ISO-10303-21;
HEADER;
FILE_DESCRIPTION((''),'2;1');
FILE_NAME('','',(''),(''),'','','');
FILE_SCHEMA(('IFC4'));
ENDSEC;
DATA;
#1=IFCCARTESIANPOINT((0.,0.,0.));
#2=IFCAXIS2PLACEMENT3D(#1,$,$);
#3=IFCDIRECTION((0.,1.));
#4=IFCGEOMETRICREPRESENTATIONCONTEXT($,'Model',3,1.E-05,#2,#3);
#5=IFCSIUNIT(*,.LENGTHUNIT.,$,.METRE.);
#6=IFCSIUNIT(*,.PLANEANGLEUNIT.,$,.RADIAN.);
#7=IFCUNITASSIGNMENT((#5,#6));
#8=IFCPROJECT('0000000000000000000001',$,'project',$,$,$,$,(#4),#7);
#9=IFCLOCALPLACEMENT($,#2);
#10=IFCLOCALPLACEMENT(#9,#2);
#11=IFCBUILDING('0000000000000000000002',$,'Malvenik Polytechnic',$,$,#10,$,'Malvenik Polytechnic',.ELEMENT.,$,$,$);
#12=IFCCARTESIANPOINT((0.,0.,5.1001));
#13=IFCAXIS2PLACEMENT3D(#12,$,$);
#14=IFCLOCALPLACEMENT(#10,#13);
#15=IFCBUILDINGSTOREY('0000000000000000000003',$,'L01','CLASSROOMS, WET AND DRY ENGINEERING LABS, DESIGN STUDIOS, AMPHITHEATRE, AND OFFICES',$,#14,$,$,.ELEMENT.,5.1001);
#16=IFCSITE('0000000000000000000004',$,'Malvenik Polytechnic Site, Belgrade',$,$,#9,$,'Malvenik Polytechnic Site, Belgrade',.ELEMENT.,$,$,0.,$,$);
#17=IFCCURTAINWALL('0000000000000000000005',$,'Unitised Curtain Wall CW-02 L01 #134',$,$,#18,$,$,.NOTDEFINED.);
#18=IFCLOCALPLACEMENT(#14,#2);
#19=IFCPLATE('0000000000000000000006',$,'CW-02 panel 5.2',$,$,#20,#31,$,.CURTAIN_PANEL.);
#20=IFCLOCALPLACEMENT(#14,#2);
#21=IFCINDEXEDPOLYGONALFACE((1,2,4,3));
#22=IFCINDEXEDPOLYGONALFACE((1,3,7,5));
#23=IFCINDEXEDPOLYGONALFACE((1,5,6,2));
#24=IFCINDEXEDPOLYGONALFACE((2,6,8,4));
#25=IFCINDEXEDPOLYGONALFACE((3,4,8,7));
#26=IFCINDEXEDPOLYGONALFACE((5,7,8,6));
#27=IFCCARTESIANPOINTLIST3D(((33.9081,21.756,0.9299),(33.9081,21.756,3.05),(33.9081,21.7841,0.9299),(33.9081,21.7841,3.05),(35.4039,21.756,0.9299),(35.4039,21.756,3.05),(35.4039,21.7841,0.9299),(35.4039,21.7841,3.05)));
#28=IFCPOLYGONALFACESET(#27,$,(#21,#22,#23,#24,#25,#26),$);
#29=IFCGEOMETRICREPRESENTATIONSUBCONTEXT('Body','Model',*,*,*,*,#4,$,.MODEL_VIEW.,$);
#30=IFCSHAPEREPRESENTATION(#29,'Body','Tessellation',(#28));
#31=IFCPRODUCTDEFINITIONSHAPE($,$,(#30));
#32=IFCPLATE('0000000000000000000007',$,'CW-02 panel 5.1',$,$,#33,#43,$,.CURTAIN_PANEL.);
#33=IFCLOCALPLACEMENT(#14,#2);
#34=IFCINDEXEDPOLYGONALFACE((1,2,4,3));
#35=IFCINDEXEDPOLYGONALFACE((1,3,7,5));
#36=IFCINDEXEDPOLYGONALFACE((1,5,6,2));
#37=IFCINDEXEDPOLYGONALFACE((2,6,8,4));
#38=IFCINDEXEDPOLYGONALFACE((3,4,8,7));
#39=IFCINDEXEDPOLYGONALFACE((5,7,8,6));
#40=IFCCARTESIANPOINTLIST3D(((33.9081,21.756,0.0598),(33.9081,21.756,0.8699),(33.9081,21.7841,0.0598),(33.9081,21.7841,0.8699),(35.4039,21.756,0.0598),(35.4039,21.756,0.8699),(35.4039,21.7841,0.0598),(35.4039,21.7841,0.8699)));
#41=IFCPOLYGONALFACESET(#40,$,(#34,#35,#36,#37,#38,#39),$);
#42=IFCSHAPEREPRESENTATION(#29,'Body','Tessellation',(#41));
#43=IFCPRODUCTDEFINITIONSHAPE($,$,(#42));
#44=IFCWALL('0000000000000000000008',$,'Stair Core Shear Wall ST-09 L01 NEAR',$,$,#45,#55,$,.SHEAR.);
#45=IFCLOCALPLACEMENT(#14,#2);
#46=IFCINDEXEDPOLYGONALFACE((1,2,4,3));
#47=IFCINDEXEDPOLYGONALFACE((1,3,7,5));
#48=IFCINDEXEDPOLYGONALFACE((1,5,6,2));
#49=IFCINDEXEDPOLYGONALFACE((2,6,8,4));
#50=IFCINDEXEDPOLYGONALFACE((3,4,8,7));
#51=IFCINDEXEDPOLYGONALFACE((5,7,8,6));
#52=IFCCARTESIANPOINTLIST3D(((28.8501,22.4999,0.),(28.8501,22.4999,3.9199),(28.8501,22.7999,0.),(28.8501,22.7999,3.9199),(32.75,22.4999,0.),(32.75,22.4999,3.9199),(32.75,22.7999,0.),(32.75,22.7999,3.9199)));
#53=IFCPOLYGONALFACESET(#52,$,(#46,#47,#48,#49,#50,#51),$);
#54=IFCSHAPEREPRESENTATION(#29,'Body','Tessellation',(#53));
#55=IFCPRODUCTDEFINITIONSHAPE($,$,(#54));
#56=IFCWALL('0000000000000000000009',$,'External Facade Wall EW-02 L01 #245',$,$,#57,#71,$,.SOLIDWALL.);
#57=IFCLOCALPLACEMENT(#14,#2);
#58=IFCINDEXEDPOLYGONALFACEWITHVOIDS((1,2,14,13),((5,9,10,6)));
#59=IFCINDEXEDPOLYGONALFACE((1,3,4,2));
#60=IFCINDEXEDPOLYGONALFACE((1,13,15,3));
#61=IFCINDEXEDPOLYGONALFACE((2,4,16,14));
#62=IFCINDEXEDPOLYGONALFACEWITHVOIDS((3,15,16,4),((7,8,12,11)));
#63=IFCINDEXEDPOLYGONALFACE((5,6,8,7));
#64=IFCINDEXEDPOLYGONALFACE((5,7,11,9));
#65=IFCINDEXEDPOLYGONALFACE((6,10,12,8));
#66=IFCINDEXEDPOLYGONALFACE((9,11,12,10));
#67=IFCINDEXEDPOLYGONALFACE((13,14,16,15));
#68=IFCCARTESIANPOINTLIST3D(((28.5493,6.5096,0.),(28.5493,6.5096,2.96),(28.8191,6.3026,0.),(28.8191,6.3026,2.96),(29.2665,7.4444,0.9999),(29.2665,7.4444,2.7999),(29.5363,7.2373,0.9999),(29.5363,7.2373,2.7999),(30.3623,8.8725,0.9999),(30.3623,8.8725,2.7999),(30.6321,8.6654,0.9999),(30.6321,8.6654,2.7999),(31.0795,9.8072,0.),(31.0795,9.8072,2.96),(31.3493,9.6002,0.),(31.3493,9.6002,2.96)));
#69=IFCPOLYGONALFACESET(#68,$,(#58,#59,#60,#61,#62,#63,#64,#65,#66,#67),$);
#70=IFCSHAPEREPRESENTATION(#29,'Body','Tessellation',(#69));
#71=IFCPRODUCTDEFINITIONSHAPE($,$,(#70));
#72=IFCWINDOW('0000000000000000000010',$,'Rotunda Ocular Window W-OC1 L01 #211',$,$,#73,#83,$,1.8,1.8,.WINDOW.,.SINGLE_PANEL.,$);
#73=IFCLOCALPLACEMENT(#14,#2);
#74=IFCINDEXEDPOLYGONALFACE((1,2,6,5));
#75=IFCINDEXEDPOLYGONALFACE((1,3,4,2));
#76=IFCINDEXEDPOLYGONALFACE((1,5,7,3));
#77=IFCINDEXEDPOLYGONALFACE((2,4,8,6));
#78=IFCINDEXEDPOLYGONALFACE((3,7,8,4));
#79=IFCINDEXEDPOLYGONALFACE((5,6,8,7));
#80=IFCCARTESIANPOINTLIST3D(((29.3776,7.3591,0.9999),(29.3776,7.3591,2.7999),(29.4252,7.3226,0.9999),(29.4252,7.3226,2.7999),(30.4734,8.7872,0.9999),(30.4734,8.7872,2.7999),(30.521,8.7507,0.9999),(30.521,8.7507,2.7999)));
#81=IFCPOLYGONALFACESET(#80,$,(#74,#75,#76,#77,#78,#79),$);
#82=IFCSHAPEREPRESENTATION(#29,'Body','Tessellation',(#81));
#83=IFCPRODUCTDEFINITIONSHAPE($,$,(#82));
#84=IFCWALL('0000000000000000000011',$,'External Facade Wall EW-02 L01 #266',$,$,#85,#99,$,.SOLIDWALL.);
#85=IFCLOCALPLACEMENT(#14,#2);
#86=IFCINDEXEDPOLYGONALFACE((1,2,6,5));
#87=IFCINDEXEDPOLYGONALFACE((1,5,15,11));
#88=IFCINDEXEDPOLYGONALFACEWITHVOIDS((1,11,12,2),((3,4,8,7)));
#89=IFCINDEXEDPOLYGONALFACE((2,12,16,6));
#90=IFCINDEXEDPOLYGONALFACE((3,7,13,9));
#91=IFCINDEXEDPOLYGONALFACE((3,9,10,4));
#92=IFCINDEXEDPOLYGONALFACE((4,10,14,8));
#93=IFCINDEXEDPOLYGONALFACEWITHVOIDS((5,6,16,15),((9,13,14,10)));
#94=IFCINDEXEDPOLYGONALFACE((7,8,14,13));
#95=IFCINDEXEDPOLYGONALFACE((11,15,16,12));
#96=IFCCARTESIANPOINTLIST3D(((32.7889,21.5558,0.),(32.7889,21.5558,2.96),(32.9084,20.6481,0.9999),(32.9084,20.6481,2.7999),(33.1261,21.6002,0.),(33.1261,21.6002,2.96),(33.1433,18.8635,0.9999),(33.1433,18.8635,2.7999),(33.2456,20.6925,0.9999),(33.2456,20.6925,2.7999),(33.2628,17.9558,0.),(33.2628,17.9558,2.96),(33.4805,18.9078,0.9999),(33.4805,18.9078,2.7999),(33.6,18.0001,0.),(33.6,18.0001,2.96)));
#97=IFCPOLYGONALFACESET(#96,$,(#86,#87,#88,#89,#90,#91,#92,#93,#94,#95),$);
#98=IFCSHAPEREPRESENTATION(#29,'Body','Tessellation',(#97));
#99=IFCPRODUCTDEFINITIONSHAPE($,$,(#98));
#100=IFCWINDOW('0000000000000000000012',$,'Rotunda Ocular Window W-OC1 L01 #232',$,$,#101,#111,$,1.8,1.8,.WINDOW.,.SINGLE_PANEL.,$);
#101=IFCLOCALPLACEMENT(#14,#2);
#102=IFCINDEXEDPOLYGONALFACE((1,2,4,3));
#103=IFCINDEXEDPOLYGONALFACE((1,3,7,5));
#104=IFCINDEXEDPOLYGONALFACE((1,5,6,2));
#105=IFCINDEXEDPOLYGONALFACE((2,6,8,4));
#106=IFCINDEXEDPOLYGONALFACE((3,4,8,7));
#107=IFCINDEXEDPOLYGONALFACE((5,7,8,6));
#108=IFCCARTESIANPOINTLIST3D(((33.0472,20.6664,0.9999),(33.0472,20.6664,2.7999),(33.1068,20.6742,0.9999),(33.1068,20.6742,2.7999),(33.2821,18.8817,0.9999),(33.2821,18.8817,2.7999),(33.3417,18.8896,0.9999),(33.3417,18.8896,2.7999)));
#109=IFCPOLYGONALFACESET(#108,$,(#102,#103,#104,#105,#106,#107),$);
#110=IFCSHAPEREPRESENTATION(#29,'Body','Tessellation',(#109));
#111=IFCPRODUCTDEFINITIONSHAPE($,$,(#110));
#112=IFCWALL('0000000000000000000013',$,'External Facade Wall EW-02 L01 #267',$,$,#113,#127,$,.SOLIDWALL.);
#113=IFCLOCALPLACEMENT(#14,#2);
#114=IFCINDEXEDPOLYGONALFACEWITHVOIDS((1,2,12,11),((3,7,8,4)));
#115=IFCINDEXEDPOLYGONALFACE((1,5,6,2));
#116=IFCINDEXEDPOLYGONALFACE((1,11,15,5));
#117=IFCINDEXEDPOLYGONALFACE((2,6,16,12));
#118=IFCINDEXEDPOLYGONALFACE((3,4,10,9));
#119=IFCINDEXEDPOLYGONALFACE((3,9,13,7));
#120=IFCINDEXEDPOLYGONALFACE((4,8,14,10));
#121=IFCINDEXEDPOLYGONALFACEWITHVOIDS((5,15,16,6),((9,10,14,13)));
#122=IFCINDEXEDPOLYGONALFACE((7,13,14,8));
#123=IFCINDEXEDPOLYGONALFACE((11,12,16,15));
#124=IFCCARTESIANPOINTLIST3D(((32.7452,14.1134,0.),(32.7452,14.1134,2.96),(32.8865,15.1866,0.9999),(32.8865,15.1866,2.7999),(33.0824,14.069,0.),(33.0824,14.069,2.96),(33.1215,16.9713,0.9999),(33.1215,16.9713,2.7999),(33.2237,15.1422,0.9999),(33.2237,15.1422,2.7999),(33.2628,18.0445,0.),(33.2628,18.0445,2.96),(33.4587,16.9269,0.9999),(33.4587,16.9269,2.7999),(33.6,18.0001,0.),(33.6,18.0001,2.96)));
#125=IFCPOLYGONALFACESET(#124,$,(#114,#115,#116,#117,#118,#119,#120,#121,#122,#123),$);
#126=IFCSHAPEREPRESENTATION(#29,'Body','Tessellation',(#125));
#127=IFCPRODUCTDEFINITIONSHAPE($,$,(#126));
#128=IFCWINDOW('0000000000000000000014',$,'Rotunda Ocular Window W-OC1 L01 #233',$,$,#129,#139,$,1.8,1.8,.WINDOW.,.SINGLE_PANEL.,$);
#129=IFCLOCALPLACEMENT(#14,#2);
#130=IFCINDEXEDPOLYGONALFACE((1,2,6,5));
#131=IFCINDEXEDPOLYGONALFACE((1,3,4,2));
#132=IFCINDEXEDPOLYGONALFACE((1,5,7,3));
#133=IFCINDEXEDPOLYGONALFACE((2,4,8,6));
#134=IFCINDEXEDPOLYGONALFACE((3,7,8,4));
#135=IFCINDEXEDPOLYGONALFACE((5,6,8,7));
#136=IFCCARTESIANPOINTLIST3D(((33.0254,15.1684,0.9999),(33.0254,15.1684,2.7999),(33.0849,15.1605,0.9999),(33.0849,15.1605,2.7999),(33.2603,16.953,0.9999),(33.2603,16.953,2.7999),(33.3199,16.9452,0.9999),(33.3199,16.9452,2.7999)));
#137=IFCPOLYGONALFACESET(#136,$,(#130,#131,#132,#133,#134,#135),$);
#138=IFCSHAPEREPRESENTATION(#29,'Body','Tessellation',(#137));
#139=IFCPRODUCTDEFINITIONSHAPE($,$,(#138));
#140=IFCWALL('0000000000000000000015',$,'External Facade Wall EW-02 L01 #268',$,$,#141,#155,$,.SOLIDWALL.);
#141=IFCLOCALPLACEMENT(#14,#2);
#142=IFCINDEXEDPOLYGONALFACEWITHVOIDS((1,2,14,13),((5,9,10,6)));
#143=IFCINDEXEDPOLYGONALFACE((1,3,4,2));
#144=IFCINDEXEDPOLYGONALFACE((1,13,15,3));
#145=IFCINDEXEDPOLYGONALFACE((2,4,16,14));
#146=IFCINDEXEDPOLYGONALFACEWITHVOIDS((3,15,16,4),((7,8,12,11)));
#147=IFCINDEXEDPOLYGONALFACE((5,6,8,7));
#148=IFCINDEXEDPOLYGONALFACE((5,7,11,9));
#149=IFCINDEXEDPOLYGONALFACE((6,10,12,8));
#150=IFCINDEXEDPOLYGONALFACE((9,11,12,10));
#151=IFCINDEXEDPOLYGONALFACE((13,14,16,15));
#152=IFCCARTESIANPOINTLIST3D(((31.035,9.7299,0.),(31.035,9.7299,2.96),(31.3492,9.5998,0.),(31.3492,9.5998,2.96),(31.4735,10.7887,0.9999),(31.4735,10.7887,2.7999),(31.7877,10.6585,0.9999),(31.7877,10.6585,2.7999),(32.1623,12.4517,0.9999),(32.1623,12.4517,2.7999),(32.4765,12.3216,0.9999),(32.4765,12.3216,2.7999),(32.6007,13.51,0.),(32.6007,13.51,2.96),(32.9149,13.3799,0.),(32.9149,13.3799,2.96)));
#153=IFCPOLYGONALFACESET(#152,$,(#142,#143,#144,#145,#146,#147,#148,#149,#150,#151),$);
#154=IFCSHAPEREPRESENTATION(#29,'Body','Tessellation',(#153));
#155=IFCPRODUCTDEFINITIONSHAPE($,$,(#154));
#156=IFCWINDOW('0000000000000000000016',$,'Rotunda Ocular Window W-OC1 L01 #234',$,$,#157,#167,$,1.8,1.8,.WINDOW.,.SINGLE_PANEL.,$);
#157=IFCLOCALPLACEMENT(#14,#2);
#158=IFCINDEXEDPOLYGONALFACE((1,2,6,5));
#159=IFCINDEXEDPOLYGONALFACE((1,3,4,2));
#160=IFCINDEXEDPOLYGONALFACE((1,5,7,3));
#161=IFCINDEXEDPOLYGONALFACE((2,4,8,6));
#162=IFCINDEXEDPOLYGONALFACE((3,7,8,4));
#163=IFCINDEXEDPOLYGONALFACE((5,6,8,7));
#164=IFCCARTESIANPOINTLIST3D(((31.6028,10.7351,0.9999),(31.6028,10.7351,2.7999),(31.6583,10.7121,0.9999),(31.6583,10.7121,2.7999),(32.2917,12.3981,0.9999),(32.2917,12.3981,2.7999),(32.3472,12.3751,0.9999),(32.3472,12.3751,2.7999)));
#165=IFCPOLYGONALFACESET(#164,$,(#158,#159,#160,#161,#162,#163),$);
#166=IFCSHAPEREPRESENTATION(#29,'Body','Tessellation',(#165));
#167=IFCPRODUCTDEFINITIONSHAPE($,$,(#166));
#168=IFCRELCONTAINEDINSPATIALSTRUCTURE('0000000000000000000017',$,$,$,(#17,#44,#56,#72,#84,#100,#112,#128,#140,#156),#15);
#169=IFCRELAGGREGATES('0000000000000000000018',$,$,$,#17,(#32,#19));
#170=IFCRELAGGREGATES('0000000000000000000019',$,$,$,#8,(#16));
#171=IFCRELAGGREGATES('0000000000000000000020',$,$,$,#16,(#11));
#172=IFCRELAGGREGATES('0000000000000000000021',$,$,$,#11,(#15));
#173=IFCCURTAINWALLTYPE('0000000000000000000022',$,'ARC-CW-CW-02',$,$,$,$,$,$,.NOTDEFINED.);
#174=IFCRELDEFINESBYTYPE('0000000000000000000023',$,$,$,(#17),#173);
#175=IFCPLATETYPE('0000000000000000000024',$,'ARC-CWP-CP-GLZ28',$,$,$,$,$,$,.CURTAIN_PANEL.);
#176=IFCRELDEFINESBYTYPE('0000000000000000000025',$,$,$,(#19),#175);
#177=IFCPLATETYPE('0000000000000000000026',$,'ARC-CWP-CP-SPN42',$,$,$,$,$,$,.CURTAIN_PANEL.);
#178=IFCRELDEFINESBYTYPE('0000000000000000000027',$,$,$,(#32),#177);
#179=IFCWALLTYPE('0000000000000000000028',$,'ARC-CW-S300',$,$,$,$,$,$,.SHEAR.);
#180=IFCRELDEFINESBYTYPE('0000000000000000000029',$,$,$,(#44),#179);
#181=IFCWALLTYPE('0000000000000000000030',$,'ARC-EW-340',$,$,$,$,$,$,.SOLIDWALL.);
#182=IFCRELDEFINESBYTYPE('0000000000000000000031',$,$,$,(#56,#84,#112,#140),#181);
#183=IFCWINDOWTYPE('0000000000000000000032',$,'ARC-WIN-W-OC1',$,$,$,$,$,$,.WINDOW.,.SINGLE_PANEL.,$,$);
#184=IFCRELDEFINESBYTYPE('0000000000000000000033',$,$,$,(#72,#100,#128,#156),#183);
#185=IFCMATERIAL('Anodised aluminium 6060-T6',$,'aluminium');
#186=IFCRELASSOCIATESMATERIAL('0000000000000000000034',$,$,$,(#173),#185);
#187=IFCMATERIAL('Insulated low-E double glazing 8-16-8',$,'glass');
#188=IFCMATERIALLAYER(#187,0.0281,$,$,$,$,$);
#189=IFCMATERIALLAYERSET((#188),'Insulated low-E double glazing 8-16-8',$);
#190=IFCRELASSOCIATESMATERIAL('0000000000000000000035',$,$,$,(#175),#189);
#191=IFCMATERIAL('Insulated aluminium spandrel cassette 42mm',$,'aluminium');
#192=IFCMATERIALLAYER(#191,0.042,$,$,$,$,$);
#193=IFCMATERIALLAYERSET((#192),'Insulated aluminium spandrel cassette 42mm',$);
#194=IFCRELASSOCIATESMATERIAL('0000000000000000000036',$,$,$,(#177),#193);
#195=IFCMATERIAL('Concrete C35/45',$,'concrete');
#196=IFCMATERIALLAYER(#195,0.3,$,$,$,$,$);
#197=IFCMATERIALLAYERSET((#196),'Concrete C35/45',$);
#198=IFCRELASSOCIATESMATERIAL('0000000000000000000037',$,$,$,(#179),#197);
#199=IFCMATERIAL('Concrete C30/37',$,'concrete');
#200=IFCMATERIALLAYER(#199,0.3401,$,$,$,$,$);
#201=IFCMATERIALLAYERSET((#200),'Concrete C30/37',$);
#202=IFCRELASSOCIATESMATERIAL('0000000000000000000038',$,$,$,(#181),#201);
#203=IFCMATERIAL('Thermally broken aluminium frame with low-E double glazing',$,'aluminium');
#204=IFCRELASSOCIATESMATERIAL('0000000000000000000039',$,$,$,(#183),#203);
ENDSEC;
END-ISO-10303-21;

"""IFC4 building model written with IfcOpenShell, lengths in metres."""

from ifc_helpers import new_model, si_unit, direction, frame, frame_2d, origin, origin_2d, place, context, subcontext, project, spatial, rectangle, extrude, material, layer, layer_set, type_object, element, fill, aggregate, save


model = new_model("IFC4")

# Units and contexts
model_context = context("Model", 3, precision=1e-05, world=origin(), true_north=direction((0.0, 1.0)))
body_context = subcontext(model_context, "Body", "Model", "MODEL_VIEW")
ifc_project = project(units=[si_unit("LENGTHUNIT", "METRE"), si_unit("PLANEANGLEUNIT", "RADIAN")], contexts=[model_context])

# Site, building, storey
site_placement = place(None, origin())
site = spatial("IfcSite", under=ifc_project, at=site_placement, Name="Malvenik Polytechnic Site, Belgrade", LongName="Malvenik Polytechnic Site, Belgrade", CompositionType="ELEMENT", RefElevation=0.0)
building_placement = place(site_placement, origin())
building = spatial("IfcBuilding", under=site, at=building_placement, Name="Malvenik Polytechnic", LongName="Malvenik Polytechnic", CompositionType="ELEMENT")
storey_placement = place(building_placement, frame((0.0, 0.0, 5.1001)))
storey = spatial("IfcBuildingStorey", under=building, at=storey_placement, Name="L01", Description="CLASSROOMS, WET AND DRY ENGINEERING LABS, DESIGN STUDIOS, AMPHITHEATRE, AND OFFICES", CompositionType="ELEMENT", Elevation=5.1001)

# Shared definitions
ifc_material_1 = material(Name="Concrete C35/45", Category="concrete")

# Curtain wall
ifc_material_2 = material(Name="Anodised aluminium 6060-T6", Category="aluminium")
curtain_wall_type = type_object("IfcCurtainWallType", Name="ARC-CW-CW-02", PredefinedType="NOTDEFINED", material=ifc_material_2)
curtain_wall_placement = place(storey_placement, origin())
curtain_wall = element("IfcCurtainWall", 1, at=curtain_wall_placement, inside=storey, type_object=curtain_wall_type, Name="Unitised Curtain Wall CW-02 L01 #134", PredefinedType="NOTDEFINED")

# Plates
ifc_material_3 = material(Name="Insulated low-E double glazing 8-16-8", Category="glass")
ifc_layer_1 = layer(ifc_material_3, 0.0281)
ifc_layer_set_1 = layer_set([ifc_layer_1], Name="Insulated low-E double glazing 8-16-8")
plate_type_1 = type_object("IfcPlateType", Name="ARC-CWP-CP-GLZ28", PredefinedType="CURTAIN_PANEL", material=ifc_layer_set_1)
plate_1_placement = place(storey_placement, frame((34.656, 21.77, 0.9299), z_axis=(0.0, 0.0, 1.0), x_axis=(-1.0, 0.0, 0.0)))
plate_1 = element("IfcPlate", 2, at=plate_1_placement, type_object=plate_type_1, Name="CW-02 panel 5.2", PredefinedType="CURTAIN_PANEL", context=body_context, shape_type="SweptSolid", body=[
    extrude(rectangle(XDim=1.4958, YDim=0.0281, at=origin_2d()), origin(), (0.0, 0.0, 1.0), 2.1201),
])
ifc_material_4 = material(Name="Insulated aluminium spandrel cassette 42mm", Category="aluminium")
ifc_layer_2 = layer(ifc_material_4, 0.042)
ifc_layer_set_2 = layer_set([ifc_layer_2], Name="Insulated aluminium spandrel cassette 42mm")
plate_type_2 = type_object("IfcPlateType", Name="ARC-CWP-CP-SPN42", PredefinedType="CURTAIN_PANEL", material=ifc_layer_set_2)
plate_2_placement = place(storey_placement, frame((34.656, 21.77, 0.0598), z_axis=(0.0, 0.0, 1.0), x_axis=(-1.0, 0.0, 0.0)))
plate_2 = element("IfcPlate", 3, at=plate_2_placement, type_object=plate_type_2, Name="CW-02 panel 5.1", PredefinedType="CURTAIN_PANEL", context=body_context, shape_type="SweptSolid", body=[
    extrude(rectangle(XDim=1.4958, YDim=0.0281, at=origin_2d()), origin(), (0.0, 0.0, 1.0), 0.8101),
])
aggregate(curtain_wall, [plate_2, plate_1])

# Wall
ifc_layer_3 = layer(ifc_material_1, 0.3)
ifc_layer_set_3 = layer_set([ifc_layer_3], Name="Concrete C35/45")
wall_type_1 = type_object("IfcWallType", Name="ARC-CW-S300", PredefinedType="SHEAR", material=ifc_layer_set_3)
wall_1_placement = place(storey_placement, frame((32.75, 22.6499, 0.0), z_axis=(0.0, 0.0, 1.0), x_axis=(-1.0, 0.0, 0.0)))
element("IfcWall", 4, at=wall_1_placement, inside=storey, type_object=wall_type_1, Name="Stair Core Shear Wall ST-09 L01 NEAR", PredefinedType="SHEAR", context=body_context, shape_type="SweptSolid", body=[
    extrude(rectangle(XDim=3.8999, YDim=0.3, at=frame_2d((1.95, 0.0))), origin(), (0.0, 0.0, 1.0), 3.9199),
])

# Walls, openings, windows
ifc_material_5 = material(Name="Concrete C30/37", Category="concrete")
ifc_layer_4 = layer(ifc_material_5, 0.3401)
ifc_layer_set_4 = layer_set([ifc_layer_4], Name="Concrete C30/37")
wall_type_2 = type_object("IfcWallType", Name="ARC-EW-340", PredefinedType="SOLIDWALL", material=ifc_layer_set_4)
wall_2_placement = place(storey_placement, frame((31.2144, 9.7036, 0.0), z_axis=(0.0, 0.0, 1.0), x_axis=(-0.608751, -0.793361, 0.0)))
wall_2 = element("IfcWall", 5, at=wall_2_placement, inside=storey, type_object=wall_type_2, Name="External Facade Wall EW-02 L01 #245", PredefinedType="SOLIDWALL", context=body_context, shape_type="SweptSolid", body=[
    extrude(rectangle(XDim=4.1565, YDim=0.3401, at=frame_2d((2.0781, 0.0))), origin(), (0.0, 0.0, 1.0), 2.96),
])
opening_1_placement = place(wall_2_placement, frame((1.1782, 0.0, 1.0)))
opening_1 = element("IfcOpeningElement", 6, at=opening_1_placement, cuts=wall_2, PredefinedType="OPENING", context=body_context, shape_type="SweptSolid", body=[
    extrude(rectangle(XDim=1.8, YDim=1.8, at=frame_2d((0.8999, 0.8999))), frame((0.0, 0.1802, 0.0), z_axis=(0.0, -1.0, 0.0), x_axis=(1.0, 0.0, 0.0)), (0.0, 0.0, 1.0), 0.3601),
])
ifc_material_6 = material(Name="Thermally broken aluminium frame with low-E double glazing", Category="aluminium")
window_type = type_object("IfcWindowType", Name="ARC-WIN-W-OC1", PartitioningType="SINGLE_PANEL", PredefinedType="WINDOW", material=ifc_material_6)
window_1_placement = place(opening_1_placement, origin())
window_1 = element("IfcWindow", 7, at=window_1_placement, inside=storey, type_object=window_type, Name="Rotunda Ocular Window W-OC1 L01 #211", OverallHeight=1.8, OverallWidth=1.8, PartitioningType="SINGLE_PANEL", PredefinedType="WINDOW", context=body_context, shape_type="SweptSolid", body=[
    extrude(rectangle(XDim=1.8, YDim=1.8, at=frame_2d((0.8999, 0.8999))), frame((0.0, 0.03, 0.0), z_axis=(0.0, -1.0, 0.0), x_axis=(1.0, 0.0, 0.0)), (0.0, 0.0, 1.0), 0.0601),
])
fill(opening_1, window_1)
wall_3_placement = place(storey_placement, frame((32.9575, 21.5779, 0.0), z_axis=(0.0, 0.0, 1.0), x_axis=(0.130503, -0.991448, 0.0)))
wall_3 = element("IfcWall", 8, at=wall_3_placement, inside=storey, type_object=wall_type_2, Name="External Facade Wall EW-02 L01 #266", PredefinedType="SOLIDWALL", context=body_context, shape_type="SweptSolid", body=[
    extrude(rectangle(XDim=3.6311, YDim=0.3401, at=frame_2d((1.8154, 0.0))), origin(), (0.0, 0.0, 1.0), 2.96),
])
opening_2_placement = place(wall_3_placement, frame((0.9155, 0.0, 1.0)))
opening_2 = element("IfcOpeningElement", 9, at=opening_2_placement, cuts=wall_3, PredefinedType="OPENING", context=body_context, shape_type="SweptSolid", body=[
    extrude(rectangle(XDim=1.8, YDim=1.8, at=frame_2d((0.8999, 0.8999))), frame((0.0, 0.1802, 0.0), z_axis=(0.0, -1.0, 0.0), x_axis=(1.0, 0.0, 0.0)), (0.0, 0.0, 1.0), 0.3601),
])
window_2_placement = place(opening_2_placement, origin())
window_2 = element("IfcWindow", 10, at=window_2_placement, inside=storey, type_object=window_type, Name="Rotunda Ocular Window W-OC1 L01 #232", OverallHeight=1.8, OverallWidth=1.8, PartitioningType="SINGLE_PANEL", PredefinedType="WINDOW", context=body_context, shape_type="SweptSolid", body=[
    extrude(rectangle(XDim=1.8, YDim=1.8, at=frame_2d((0.8999, 0.8999))), frame((0.0, 0.03, 0.0), z_axis=(0.0, -1.0, 0.0), x_axis=(1.0, 0.0, 0.0)), (0.0, 0.0, 1.0), 0.0601),
])
fill(opening_2, window_2)
wall_4_placement = place(storey_placement, frame((33.4314, 18.0222, 0.0), z_axis=(0.0, 0.0, 1.0), x_axis=(-0.130534, -0.991444, 0.0)))
wall_4 = element("IfcWall", 11, at=wall_4_placement, inside=storey, type_object=wall_type_2, Name="External Facade Wall EW-02 L01 #267", PredefinedType="SOLIDWALL", context=body_context, shape_type="SweptSolid", body=[
    extrude(rectangle(XDim=3.9651, YDim=0.3401, at=frame_2d((1.9824, 0.0))), origin(), (0.0, 0.0, 1.0), 2.96),
])
opening_3_placement = place(wall_4_placement, frame((1.0825, 0.0, 1.0)))
opening_3 = element("IfcOpeningElement", 12, at=opening_3_placement, cuts=wall_4, PredefinedType="OPENING", context=body_context, shape_type="SweptSolid", body=[
    extrude(rectangle(XDim=1.8, YDim=1.8, at=frame_2d((0.8999, 0.8999))), frame((0.0, 0.1802, 0.0), z_axis=(0.0, -1.0, 0.0), x_axis=(1.0, 0.0, 0.0)), (0.0, 0.0, 1.0), 0.3601),
])
window_3_placement = place(opening_3_placement, origin())
window_3 = element("IfcWindow", 13, at=window_3_placement, inside=storey, type_object=window_type, Name="Rotunda Ocular Window W-OC1 L01 #233", OverallHeight=1.8, OverallWidth=1.8, PartitioningType="SINGLE_PANEL", PredefinedType="WINDOW", context=body_context, shape_type="SweptSolid", body=[
    extrude(rectangle(XDim=1.8, YDim=1.8, at=frame_2d((0.8999, 0.8999))), frame((0.0, 0.03, 0.0), z_axis=(0.0, -1.0, 0.0), x_axis=(1.0, 0.0, 0.0)), (0.0, 0.0, 1.0), 0.0601),
])
fill(opening_3, window_3)
wall_5_placement = place(storey_placement, frame((32.7578, 13.4451, 0.0), z_axis=(0.0, 0.0, 1.0), x_axis=(-0.38267, -0.923885, 0.0)))
wall_5 = element("IfcWall", 14, at=wall_5_placement, inside=storey, type_object=wall_type_2, Name="External Facade Wall EW-02 L01 #268", PredefinedType="SOLIDWALL", context=body_context, shape_type="SweptSolid", body=[
    extrude(rectangle(XDim=4.0916, YDim=0.3401, at=frame_2d((2.0459, 0.0))), origin(), (0.0, 0.0, 1.0), 2.96),
])
opening_4_placement = place(wall_5_placement, frame((1.1458, 0.0, 1.0)))
opening_4 = element("IfcOpeningElement", 15, at=opening_4_placement, cuts=wall_5, PredefinedType="OPENING", context=body_context, shape_type="SweptSolid", body=[
    extrude(rectangle(XDim=1.8, YDim=1.8, at=frame_2d((0.8999, 0.8999))), frame((0.0, 0.1802, 0.0), z_axis=(0.0, -1.0, 0.0), x_axis=(1.0, 0.0, 0.0)), (0.0, 0.0, 1.0), 0.3601),
])
window_4_placement = place(opening_4_placement, origin())
window_4 = element("IfcWindow", 16, at=window_4_placement, inside=storey, type_object=window_type, Name="Rotunda Ocular Window W-OC1 L01 #234", OverallHeight=1.8, OverallWidth=1.8, PartitioningType="SINGLE_PANEL", PredefinedType="WINDOW", context=body_context, shape_type="SweptSolid", body=[
    extrude(rectangle(XDim=1.8, YDim=1.8, at=frame_2d((0.8999, 0.8999))), frame((0.0, 0.03, 0.0), z_axis=(0.0, -1.0, 0.0), x_axis=(1.0, 0.0, 0.0)), (0.0, 0.0, 1.0), 0.0601),
])
fill(opening_4, window_4)

save(model, "model.ifc")
